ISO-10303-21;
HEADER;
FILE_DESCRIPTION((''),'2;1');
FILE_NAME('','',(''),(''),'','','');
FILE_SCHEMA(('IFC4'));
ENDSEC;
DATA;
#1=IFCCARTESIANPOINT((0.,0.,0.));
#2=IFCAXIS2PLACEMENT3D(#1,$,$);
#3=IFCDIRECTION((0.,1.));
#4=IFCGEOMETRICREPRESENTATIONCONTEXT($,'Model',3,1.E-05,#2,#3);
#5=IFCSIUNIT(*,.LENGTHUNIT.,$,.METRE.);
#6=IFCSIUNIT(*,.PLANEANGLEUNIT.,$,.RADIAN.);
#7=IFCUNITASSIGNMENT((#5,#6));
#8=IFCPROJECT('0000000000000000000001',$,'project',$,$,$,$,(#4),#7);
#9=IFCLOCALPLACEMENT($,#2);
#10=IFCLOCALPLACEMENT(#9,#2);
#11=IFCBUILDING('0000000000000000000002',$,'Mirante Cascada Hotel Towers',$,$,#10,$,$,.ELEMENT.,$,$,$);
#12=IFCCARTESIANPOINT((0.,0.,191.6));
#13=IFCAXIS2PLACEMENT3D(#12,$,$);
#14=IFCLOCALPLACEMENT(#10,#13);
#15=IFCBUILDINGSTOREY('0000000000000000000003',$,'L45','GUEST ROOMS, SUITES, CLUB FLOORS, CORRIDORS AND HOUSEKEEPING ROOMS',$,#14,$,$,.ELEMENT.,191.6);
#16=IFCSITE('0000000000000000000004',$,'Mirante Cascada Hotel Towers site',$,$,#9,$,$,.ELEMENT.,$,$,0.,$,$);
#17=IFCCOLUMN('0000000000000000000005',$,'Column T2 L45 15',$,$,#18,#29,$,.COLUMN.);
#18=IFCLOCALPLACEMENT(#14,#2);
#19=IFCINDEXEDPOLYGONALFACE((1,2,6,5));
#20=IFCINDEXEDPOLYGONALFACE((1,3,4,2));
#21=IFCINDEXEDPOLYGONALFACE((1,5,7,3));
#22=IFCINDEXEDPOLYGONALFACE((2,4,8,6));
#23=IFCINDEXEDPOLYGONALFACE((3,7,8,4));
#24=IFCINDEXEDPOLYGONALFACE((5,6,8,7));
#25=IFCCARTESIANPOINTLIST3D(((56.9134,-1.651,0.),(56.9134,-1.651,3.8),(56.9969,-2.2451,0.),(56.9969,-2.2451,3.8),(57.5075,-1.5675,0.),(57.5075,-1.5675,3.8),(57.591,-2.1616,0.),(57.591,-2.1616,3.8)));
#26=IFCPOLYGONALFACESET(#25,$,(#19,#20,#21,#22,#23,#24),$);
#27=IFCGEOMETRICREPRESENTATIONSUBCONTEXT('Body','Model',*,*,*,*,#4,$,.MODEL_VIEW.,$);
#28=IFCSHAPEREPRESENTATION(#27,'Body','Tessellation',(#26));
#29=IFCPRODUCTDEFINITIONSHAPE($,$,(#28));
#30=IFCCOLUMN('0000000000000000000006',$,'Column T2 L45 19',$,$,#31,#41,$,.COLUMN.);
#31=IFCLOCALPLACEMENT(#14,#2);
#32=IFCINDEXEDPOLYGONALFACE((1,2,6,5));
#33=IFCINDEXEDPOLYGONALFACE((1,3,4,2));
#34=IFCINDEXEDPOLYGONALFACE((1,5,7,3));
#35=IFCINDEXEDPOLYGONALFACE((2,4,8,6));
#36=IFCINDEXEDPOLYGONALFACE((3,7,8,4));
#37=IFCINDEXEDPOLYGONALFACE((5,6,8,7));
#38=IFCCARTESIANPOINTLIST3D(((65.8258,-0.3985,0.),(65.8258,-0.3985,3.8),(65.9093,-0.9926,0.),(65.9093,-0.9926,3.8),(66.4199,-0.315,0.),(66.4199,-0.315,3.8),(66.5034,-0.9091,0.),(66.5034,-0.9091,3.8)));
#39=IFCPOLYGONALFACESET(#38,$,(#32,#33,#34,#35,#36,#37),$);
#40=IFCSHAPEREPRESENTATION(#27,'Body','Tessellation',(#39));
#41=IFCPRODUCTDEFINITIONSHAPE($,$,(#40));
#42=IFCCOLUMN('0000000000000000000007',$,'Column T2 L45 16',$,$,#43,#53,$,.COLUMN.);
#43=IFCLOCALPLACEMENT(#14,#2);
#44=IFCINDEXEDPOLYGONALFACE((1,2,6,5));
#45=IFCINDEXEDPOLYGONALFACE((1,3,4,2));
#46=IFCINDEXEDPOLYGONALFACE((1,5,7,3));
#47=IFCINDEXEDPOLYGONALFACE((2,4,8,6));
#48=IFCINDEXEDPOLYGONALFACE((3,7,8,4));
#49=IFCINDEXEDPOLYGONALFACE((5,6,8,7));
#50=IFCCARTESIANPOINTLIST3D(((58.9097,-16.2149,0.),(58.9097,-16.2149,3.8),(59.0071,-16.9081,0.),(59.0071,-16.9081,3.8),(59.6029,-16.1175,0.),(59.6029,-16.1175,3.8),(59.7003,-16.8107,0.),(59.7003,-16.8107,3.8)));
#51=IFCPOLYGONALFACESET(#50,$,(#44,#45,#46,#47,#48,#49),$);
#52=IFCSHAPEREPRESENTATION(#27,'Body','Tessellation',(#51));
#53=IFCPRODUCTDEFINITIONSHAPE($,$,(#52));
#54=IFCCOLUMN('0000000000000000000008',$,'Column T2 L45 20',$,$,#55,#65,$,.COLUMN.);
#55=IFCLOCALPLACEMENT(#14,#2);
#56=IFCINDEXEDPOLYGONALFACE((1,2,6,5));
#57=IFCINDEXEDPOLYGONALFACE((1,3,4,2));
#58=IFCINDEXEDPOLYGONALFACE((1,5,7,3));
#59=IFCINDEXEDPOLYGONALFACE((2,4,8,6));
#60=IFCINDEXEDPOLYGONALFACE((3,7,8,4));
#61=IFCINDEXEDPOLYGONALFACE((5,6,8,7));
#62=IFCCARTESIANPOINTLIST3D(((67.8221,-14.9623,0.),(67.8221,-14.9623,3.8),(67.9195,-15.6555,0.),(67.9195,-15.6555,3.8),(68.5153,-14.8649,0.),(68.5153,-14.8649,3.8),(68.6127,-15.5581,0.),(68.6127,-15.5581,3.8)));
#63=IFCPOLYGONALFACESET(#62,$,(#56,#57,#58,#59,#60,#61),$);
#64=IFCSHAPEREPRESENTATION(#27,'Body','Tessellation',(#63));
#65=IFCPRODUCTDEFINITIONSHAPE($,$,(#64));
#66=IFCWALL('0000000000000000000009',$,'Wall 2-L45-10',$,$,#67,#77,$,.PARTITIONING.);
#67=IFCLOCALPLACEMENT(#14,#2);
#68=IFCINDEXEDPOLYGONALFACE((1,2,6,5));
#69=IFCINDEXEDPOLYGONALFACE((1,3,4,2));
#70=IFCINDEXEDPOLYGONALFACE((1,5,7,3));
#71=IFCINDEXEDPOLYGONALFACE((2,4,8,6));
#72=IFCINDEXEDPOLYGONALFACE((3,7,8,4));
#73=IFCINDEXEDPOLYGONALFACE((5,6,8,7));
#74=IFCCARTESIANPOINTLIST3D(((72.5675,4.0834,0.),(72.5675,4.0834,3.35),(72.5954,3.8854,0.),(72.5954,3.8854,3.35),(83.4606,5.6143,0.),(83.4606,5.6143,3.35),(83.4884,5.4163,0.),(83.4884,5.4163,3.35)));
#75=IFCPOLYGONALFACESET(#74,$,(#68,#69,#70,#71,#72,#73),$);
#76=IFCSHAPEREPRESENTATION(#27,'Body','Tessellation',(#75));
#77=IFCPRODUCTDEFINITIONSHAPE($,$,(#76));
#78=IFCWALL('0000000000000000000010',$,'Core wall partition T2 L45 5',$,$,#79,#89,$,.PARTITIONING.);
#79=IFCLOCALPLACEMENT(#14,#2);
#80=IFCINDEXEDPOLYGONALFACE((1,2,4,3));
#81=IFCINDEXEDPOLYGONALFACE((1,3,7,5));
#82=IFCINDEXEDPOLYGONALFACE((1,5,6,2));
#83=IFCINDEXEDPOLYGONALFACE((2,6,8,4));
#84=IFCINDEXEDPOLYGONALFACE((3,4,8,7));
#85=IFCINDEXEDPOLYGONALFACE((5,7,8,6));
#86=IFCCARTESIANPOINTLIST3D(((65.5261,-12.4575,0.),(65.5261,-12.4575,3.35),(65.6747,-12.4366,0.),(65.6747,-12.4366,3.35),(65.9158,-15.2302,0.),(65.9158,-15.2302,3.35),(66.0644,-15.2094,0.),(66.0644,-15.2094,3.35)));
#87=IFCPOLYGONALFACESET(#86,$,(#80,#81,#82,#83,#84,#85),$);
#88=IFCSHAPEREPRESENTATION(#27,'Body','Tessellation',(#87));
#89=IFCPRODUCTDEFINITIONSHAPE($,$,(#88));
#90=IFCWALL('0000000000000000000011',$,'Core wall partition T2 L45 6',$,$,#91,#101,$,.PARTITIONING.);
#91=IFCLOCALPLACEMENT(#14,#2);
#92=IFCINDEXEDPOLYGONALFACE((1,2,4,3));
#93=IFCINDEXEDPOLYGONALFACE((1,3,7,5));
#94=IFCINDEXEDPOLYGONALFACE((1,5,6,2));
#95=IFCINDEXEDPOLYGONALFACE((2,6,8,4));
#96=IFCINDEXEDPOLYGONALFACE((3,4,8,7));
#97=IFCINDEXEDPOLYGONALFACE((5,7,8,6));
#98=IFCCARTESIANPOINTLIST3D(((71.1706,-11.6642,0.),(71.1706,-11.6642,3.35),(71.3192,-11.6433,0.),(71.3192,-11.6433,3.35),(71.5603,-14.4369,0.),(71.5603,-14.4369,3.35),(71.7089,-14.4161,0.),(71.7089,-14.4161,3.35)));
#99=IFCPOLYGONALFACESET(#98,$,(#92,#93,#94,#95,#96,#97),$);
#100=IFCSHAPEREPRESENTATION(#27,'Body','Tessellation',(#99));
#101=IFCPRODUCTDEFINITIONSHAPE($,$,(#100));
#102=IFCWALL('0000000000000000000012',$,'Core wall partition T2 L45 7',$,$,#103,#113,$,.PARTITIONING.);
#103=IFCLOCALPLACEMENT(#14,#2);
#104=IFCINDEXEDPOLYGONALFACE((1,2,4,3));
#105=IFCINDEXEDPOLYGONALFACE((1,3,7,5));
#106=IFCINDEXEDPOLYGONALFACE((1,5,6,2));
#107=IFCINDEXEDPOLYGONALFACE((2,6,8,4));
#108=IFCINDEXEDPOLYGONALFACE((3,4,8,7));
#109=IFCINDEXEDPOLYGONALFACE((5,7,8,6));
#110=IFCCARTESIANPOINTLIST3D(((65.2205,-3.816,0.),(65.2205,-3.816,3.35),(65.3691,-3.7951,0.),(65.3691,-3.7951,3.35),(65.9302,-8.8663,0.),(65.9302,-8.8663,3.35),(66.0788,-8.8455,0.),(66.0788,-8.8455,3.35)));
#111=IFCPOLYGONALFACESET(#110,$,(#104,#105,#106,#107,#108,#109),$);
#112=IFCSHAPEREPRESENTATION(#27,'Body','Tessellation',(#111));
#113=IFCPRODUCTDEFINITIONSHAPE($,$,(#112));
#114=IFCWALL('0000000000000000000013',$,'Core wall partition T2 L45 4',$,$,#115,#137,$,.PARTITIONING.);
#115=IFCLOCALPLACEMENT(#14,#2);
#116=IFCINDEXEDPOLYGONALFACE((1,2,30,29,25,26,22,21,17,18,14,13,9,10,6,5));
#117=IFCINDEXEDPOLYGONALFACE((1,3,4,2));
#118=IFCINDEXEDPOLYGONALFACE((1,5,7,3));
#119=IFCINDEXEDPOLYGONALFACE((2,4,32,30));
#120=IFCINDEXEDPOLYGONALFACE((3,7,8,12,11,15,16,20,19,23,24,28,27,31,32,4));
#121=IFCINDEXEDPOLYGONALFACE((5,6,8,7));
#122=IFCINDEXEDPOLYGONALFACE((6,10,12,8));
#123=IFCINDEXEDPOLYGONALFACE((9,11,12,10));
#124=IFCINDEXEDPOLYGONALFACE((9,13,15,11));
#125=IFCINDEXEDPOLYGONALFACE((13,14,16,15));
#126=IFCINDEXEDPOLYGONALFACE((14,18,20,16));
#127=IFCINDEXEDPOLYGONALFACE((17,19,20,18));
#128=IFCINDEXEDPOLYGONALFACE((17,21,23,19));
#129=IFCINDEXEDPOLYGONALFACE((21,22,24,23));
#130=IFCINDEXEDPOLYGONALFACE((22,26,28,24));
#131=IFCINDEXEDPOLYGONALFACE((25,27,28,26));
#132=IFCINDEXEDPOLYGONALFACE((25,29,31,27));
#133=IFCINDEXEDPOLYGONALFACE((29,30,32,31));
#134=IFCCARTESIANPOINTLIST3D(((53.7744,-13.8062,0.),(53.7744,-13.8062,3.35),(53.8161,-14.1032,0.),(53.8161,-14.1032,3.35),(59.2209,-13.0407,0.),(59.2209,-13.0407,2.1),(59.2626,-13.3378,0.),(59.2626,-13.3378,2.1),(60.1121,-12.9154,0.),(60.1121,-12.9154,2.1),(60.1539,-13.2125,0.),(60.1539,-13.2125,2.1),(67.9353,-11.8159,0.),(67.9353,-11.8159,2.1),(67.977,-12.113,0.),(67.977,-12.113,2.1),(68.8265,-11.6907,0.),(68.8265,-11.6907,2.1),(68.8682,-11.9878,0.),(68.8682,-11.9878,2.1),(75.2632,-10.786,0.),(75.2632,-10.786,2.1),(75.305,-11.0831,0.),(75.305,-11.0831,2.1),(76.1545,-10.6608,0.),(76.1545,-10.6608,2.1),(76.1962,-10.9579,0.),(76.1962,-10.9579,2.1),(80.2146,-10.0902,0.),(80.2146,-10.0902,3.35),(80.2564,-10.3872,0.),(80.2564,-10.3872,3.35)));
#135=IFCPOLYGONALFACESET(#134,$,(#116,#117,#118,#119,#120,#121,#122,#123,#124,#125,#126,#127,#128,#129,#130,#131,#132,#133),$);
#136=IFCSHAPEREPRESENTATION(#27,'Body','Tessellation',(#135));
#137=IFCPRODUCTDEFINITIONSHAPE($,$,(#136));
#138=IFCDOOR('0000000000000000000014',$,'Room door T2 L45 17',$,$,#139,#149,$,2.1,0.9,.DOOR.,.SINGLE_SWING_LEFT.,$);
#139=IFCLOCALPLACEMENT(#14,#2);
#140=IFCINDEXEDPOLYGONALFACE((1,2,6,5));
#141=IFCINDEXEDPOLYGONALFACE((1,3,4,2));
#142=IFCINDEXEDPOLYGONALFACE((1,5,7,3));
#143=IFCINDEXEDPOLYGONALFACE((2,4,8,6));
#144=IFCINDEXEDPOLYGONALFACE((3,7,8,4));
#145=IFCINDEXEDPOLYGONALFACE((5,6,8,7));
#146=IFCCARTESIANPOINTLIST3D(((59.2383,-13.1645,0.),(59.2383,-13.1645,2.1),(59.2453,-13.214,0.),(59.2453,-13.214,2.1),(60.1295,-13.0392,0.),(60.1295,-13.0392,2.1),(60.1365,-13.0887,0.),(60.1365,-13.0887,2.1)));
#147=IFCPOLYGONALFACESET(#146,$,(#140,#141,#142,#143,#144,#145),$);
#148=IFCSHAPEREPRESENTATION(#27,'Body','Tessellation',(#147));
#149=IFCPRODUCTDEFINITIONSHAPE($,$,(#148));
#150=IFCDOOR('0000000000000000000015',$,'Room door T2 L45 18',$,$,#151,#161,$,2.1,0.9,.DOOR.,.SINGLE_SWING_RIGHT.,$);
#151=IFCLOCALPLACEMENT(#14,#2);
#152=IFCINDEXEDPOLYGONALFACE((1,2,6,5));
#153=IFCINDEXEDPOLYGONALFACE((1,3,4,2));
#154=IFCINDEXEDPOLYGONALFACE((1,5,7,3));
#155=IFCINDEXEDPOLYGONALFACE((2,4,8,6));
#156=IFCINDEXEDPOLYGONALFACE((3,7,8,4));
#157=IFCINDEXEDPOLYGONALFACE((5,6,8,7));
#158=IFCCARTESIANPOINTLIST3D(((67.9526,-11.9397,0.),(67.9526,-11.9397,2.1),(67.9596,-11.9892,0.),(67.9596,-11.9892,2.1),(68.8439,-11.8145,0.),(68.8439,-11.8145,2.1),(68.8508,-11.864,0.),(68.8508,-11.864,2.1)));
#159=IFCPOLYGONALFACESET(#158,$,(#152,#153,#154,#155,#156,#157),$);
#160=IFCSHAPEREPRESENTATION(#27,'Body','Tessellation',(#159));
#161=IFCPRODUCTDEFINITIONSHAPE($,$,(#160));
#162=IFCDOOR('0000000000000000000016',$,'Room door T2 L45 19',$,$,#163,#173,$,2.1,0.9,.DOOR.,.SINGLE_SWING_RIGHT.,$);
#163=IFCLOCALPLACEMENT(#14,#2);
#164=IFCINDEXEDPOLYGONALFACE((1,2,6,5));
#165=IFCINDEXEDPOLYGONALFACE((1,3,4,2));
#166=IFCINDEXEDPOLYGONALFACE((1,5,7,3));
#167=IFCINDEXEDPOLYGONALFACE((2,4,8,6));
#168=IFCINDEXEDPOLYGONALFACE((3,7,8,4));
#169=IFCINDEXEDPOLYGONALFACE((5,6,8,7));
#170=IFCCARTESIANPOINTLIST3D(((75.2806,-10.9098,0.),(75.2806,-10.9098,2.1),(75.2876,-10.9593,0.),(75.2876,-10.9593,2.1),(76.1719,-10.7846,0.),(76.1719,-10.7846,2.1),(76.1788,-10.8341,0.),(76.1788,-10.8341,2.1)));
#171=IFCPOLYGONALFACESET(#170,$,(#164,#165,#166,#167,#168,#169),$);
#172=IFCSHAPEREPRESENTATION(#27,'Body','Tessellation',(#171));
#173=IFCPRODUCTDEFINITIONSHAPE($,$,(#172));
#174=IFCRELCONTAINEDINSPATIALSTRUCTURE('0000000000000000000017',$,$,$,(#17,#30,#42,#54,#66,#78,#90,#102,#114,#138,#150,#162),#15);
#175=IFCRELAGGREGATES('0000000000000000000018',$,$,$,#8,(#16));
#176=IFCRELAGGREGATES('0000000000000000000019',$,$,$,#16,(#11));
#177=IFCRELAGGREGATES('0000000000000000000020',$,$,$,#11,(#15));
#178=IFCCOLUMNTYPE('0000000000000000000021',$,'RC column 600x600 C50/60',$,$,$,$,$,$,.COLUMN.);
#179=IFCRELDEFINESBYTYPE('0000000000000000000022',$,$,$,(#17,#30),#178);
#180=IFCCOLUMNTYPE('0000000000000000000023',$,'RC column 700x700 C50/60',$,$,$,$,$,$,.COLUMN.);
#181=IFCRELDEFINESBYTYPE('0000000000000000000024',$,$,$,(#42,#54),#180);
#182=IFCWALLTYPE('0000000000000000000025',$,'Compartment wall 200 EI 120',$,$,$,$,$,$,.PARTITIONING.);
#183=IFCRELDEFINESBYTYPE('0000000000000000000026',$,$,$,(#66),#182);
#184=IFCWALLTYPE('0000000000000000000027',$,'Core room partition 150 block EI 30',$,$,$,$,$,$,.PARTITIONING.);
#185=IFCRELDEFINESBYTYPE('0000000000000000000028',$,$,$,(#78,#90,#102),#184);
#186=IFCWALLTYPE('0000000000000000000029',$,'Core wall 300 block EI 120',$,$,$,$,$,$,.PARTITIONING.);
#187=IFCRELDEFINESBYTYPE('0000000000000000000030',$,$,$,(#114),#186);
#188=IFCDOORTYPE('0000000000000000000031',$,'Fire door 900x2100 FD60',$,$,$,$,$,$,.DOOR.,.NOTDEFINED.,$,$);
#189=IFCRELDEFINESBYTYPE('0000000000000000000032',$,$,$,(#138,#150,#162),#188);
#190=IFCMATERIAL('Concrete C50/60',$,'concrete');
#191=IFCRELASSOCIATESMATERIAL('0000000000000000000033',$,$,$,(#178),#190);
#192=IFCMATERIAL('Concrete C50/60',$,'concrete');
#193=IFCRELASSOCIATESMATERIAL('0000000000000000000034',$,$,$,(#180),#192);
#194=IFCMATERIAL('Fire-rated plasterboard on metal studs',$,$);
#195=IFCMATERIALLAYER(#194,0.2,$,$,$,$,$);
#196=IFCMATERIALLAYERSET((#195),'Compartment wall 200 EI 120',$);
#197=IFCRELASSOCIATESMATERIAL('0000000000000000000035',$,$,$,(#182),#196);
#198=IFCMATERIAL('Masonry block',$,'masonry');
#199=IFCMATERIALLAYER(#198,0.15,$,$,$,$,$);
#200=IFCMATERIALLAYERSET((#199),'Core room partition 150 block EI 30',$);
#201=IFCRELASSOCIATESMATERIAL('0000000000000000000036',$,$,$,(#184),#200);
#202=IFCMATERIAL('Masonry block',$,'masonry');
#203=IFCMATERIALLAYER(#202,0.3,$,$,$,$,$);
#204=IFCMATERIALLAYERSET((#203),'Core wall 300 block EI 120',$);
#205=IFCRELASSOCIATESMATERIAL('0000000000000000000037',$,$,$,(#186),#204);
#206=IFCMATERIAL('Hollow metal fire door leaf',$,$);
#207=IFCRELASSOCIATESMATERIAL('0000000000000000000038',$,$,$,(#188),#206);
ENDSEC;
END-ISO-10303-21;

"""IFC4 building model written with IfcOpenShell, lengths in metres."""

from ifc_helpers import new_model, si_unit, direction, frame, frame_2d, origin, origin_2d, place, context, subcontext, project, spatial, rectangle, extrude, material, layer, layer_set, material_profile, profile_set, type_object, element, fill, save


model = new_model("IFC4")

# Units and contexts
model_context = context("Model", 3, precision=1e-05, world=origin(), true_north=direction((0.0, 1.0)))
body_context = subcontext(model_context, "Body", "Model", "MODEL_VIEW")
ifc_project = project(units=[si_unit("LENGTHUNIT", "METRE"), si_unit("PLANEANGLEUNIT", "RADIAN")], contexts=[model_context])

# Site, building, storey
site_placement = place(None, origin())
site = spatial("IfcSite", under=ifc_project, at=site_placement, Name="Mirante Cascada Hotel Towers site", CompositionType="ELEMENT", RefElevation=0.0)
building_placement = place(site_placement, origin())
building = spatial("IfcBuilding", under=site, at=building_placement, Name="Mirante Cascada Hotel Towers", CompositionType="ELEMENT")
storey_placement = place(building_placement, frame((0.0, 0.0, 191.6)))
storey = spatial("IfcBuildingStorey", under=building, at=storey_placement, Name="L45", Description="GUEST ROOMS, SUITES, CLUB FLOORS, CORRIDORS AND HOUSEKEEPING ROOMS", CompositionType="ELEMENT", Elevation=191.6)

# Columns
ifc_material_1 = material(Name="Concrete C50/60", Category="concrete")
ifc_material_profile_1 = material_profile(ifc_material_1, rectangle(XDim=0.6, YDim=0.6, at=origin_2d()), Name="RC column 600x600 C50/60")
ifc_profile_set_1 = profile_set([ifc_material_profile_1], Name="Concrete C50/60")
column_type_1 = type_object("IfcColumnType", Name="RC column 600x600 C50/60", PredefinedType="COLUMN", material=ifc_profile_set_1)
for number, where, z_axis, x_axis, name in (
    (1, (57.2522, -1.9063, 0.0), (0.0, 0.0, 1.0), (0.990268, 0.139173, 0.0), "Column T2 L45 15"),
    (2, (66.1646, -0.6538, 0.0), (0.0, 0.0, 1.0), (0.990268, 0.139173, 0.0), "Column T2 L45 19"),
):
    element("IfcColumn", number, at=place(storey_placement, frame(where, z_axis=z_axis, x_axis=x_axis)), inside=storey, type_object=column_type_1, Name=name, PredefinedType="COLUMN", context=body_context, shape_type="SweptSolid", body=[
        extrude(rectangle(XDim=0.6, YDim=0.6, at=origin_2d()), origin(), (0.0, 0.0, 1.0), 3.8),
    ])
ifc_material_2 = material(Name="Concrete C50/60", Category="concrete")
ifc_material_profile_2 = material_profile(ifc_material_2, rectangle(XDim=0.7, YDim=0.7, at=origin_2d()), Name="RC column 700x700 C50/60")
ifc_profile_set_2 = profile_set([ifc_material_profile_2], Name="Concrete C50/60")
column_type_2 = type_object("IfcColumnType", Name="RC column 700x700 C50/60", PredefinedType="COLUMN", material=ifc_profile_set_2)
for number, where, z_axis, x_axis, name in (
    (3, (59.305, -16.5128, 0.0), (0.0, 0.0, 1.0), (0.990268, 0.139173, 0.0), "Column T2 L45 16"),
    (4, (68.2174, -15.2602, 0.0), (0.0, 0.0, 1.0), (0.990268, 0.139173, 0.0), "Column T2 L45 20"),
):
    element("IfcColumn", number, at=place(storey_placement, frame(where, z_axis=z_axis, x_axis=x_axis)), inside=storey, type_object=column_type_2, Name=name, PredefinedType="COLUMN", context=body_context, shape_type="SweptSolid", body=[
        extrude(rectangle(XDim=0.7, YDim=0.7, at=origin_2d()), origin(), (0.0, 0.0, 1.0), 3.8),
    ])

# Walls
ifc_material_3 = material(Name="Fire-rated plasterboard on metal studs")
ifc_layer_1 = layer(ifc_material_3, 0.2)
ifc_layer_set_1 = layer_set([ifc_layer_1], Name="Compartment wall 200 EI 120")
wall_type_1 = type_object("IfcWallType", Name="Compartment wall 200 EI 120", PredefinedType="PARTITIONING", material=ifc_layer_set_1)
wall_1_placement = place(storey_placement, frame((72.5815, 3.9844, 0.0), z_axis=(0.0, 0.0, 1.0), x_axis=(0.990268, 0.139172, 0.0)))
element("IfcWall", 5, at=wall_1_placement, inside=storey, type_object=wall_type_1, Name="Wall 2-L45-10", PredefinedType="PARTITIONING", context=body_context, shape_type="SweptSolid", body=[
    extrude(rectangle(XDim=11.0001, YDim=0.2, at=frame_2d((5.5, 0.0))), origin(), (0.0, 0.0, 1.0), 3.35),
])
ifc_material_4 = material(Name="Masonry block", Category="masonry")
ifc_layer_2 = layer(ifc_material_4, 0.15)
ifc_layer_set_2 = layer_set([ifc_layer_2], Name="Core room partition 150 block EI 30")
wall_type_2 = type_object("IfcWallType", Name="Core room partition 150 block EI 30", PredefinedType="PARTITIONING", material=ifc_layer_set_2)
for number, where, z_axis, x_axis, name in (
    (6, (65.9901, -15.2198, 0.0), (0.0, 0.0, 1.0), (-0.139181, 0.990267, 0.0), "Core wall partition T2 L45 5"),
    (7, (71.6346, -14.4265, 0.0), (0.0, 0.0, 1.0), (-0.139181, 0.990267, 0.0), "Core wall partition T2 L45 6"),
):
    element("IfcWall", number, at=place(storey_placement, frame(where, z_axis=z_axis, x_axis=x_axis)), inside=storey, type_object=wall_type_2, Name=name, PredefinedType="PARTITIONING", context=body_context, shape_type="SweptSolid", body=[
        extrude(rectangle(XDim=2.8, YDim=0.15, at=frame_2d((1.4, 0.0))), origin(), (0.0, 0.0, 1.0), 3.35),
    ])
wall_2_placement = place(storey_placement, frame((66.0045, -8.8559, 0.0), z_axis=(0.0, 0.0, 1.0), x_axis=(-0.139156, 0.99027, 0.0)))
element("IfcWall", 8, at=wall_2_placement, inside=storey, type_object=wall_type_2, Name="Core wall partition T2 L45 7", PredefinedType="PARTITIONING", context=body_context, shape_type="SweptSolid", body=[
    extrude(rectangle(XDim=5.1, YDim=0.15, at=frame_2d((2.55, 0.0))), origin(), (0.0, 0.0, 1.0), 3.35),
])

# Wall, openings, doors
ifc_material_5 = material(Name="Masonry block", Category="masonry")
ifc_layer_3 = layer(ifc_material_5, 0.3)
ifc_layer_set_3 = layer_set([ifc_layer_3], Name="Core wall 300 block EI 120")
wall_type_3 = type_object("IfcWallType", Name="Core wall 300 block EI 120", PredefinedType="PARTITIONING", material=ifc_layer_set_3)
wall_3_placement = place(storey_placement, frame((53.7953, -13.9547, 0.0), z_axis=(0.0, 0.0, 1.0), x_axis=(0.990268, 0.139176, 0.0)))
wall_3 = element("IfcWall", 9, at=wall_3_placement, inside=storey, type_object=wall_type_3, Name="Core wall partition T2 L45 4", PredefinedType="PARTITIONING", context=body_context, shape_type="SweptSolid", body=[
    extrude(rectangle(XDim=26.7001, YDim=0.3, at=frame_2d((13.35, 0.0))), origin(), (0.0, 0.0, 1.0), 3.35),
])
opening_1_placement = place(wall_3_placement, frame((5.5, 0.0, 0.0)))
opening_1 = element("IfcOpeningElement", 10, at=opening_1_placement, cuts=wall_3, PredefinedType="OPENING", context=body_context, shape_type="SweptSolid", body=[
    extrude(rectangle(XDim=0.9, YDim=2.1, at=frame_2d((0.45, 1.05))), frame((0.0, 0.15, 0.0), z_axis=(0.0, -1.0, 0.0), x_axis=(1.0, 0.0, 0.0)), (0.0, 0.0, 1.0), 0.3),
])
opening_2_placement = place(wall_3_placement, frame((14.3, 0.0, 0.0)))
opening_2 = element("IfcOpeningElement", 11, at=opening_2_placement, cuts=wall_3, PredefinedType="OPENING", context=body_context, shape_type="SweptSolid", body=[
    extrude(rectangle(XDim=0.9, YDim=2.1, at=frame_2d((0.45, 1.05))), frame((0.0, 0.15, 0.0), z_axis=(0.0, -1.0, 0.0), x_axis=(1.0, 0.0, 0.0)), (0.0, 0.0, 1.0), 0.3),
])
opening_3_placement = place(wall_3_placement, frame((21.7, 0.0, 0.0)))
opening_3 = element("IfcOpeningElement", 12, at=opening_3_placement, cuts=wall_3, PredefinedType="OPENING", context=body_context, shape_type="SweptSolid", body=[
    extrude(rectangle(XDim=0.9, YDim=2.1, at=frame_2d((0.45, 1.05))), frame((0.0, 0.15, 0.0), z_axis=(0.0, -1.0, 0.0), x_axis=(1.0, 0.0, 0.0)), (0.0, 0.0, 1.0), 0.3),
])
ifc_material_6 = material(Name="Hollow metal fire door leaf")
door_type_1 = type_object("IfcDoorType", Name="Fire door 900x2100 FD60", OperationType="NOTDEFINED", PredefinedType="DOOR", material=ifc_material_6)
door_1_placement = place(opening_1_placement, frame((0.9, 0.0, 0.0), z_axis=(0.0, 0.0, 1.0), x_axis=(-1.0, 0.0, 0.0)))
door_1 = element("IfcDoor", 13, at=door_1_placement, inside=storey, type_object=door_type_1, Name="Room door T2 L45 17", OperationType="SINGLE_SWING_LEFT", OverallHeight=2.1, OverallWidth=0.9, PredefinedType="DOOR", context=body_context, shape_type="SweptSolid", body=[
    extrude(rectangle(XDim=0.9, YDim=2.1, at=frame_2d((0.45, 1.05))), frame((0.0, 0.025, 0.0), z_axis=(0.0, -1.0, 0.0), x_axis=(1.0, 0.0, 0.0)), (0.0, 0.0, 1.0), 0.05),
])
fill(opening_1, door_1)
door_2_placement = place(opening_2_placement, frame((0.9, 0.0, 0.0), z_axis=(0.0, 0.0, 1.0), x_axis=(-1.0, 0.0, 0.0)))
door_2 = element("IfcDoor", 14, at=door_2_placement, inside=storey, type_object=door_type_1, Name="Room door T2 L45 18", OperationType="SINGLE_SWING_RIGHT", OverallHeight=2.1, OverallWidth=0.9, PredefinedType="DOOR", context=body_context, shape_type="SweptSolid", body=[
    extrude(rectangle(XDim=0.9, YDim=2.1, at=frame_2d((0.45, 1.05))), frame((0.0, 0.025, 0.0), z_axis=(0.0, -1.0, 0.0), x_axis=(1.0, 0.0, 0.0)), (0.0, 0.0, 1.0), 0.05),
])
fill(opening_2, door_2)
door_3_placement = place(opening_3_placement, frame((0.9, 0.0, 0.0), z_axis=(0.0, 0.0, 1.0), x_axis=(-1.0, 0.0, 0.0)))
door_3 = element("IfcDoor", 15, at=door_3_placement, inside=storey, type_object=door_type_1, Name="Room door T2 L45 19", OperationType="SINGLE_SWING_RIGHT", OverallHeight=2.1, OverallWidth=0.9, PredefinedType="DOOR", context=body_context, shape_type="SweptSolid", body=[
    extrude(rectangle(XDim=0.9, YDim=2.1, at=frame_2d((0.45, 1.05))), frame((0.0, 0.025, 0.0), z_axis=(0.0, -1.0, 0.0), x_axis=(1.0, 0.0, 0.0)), (0.0, 0.0, 1.0), 0.05),
])
fill(opening_3, door_3)

save(model, "model.ifc")
